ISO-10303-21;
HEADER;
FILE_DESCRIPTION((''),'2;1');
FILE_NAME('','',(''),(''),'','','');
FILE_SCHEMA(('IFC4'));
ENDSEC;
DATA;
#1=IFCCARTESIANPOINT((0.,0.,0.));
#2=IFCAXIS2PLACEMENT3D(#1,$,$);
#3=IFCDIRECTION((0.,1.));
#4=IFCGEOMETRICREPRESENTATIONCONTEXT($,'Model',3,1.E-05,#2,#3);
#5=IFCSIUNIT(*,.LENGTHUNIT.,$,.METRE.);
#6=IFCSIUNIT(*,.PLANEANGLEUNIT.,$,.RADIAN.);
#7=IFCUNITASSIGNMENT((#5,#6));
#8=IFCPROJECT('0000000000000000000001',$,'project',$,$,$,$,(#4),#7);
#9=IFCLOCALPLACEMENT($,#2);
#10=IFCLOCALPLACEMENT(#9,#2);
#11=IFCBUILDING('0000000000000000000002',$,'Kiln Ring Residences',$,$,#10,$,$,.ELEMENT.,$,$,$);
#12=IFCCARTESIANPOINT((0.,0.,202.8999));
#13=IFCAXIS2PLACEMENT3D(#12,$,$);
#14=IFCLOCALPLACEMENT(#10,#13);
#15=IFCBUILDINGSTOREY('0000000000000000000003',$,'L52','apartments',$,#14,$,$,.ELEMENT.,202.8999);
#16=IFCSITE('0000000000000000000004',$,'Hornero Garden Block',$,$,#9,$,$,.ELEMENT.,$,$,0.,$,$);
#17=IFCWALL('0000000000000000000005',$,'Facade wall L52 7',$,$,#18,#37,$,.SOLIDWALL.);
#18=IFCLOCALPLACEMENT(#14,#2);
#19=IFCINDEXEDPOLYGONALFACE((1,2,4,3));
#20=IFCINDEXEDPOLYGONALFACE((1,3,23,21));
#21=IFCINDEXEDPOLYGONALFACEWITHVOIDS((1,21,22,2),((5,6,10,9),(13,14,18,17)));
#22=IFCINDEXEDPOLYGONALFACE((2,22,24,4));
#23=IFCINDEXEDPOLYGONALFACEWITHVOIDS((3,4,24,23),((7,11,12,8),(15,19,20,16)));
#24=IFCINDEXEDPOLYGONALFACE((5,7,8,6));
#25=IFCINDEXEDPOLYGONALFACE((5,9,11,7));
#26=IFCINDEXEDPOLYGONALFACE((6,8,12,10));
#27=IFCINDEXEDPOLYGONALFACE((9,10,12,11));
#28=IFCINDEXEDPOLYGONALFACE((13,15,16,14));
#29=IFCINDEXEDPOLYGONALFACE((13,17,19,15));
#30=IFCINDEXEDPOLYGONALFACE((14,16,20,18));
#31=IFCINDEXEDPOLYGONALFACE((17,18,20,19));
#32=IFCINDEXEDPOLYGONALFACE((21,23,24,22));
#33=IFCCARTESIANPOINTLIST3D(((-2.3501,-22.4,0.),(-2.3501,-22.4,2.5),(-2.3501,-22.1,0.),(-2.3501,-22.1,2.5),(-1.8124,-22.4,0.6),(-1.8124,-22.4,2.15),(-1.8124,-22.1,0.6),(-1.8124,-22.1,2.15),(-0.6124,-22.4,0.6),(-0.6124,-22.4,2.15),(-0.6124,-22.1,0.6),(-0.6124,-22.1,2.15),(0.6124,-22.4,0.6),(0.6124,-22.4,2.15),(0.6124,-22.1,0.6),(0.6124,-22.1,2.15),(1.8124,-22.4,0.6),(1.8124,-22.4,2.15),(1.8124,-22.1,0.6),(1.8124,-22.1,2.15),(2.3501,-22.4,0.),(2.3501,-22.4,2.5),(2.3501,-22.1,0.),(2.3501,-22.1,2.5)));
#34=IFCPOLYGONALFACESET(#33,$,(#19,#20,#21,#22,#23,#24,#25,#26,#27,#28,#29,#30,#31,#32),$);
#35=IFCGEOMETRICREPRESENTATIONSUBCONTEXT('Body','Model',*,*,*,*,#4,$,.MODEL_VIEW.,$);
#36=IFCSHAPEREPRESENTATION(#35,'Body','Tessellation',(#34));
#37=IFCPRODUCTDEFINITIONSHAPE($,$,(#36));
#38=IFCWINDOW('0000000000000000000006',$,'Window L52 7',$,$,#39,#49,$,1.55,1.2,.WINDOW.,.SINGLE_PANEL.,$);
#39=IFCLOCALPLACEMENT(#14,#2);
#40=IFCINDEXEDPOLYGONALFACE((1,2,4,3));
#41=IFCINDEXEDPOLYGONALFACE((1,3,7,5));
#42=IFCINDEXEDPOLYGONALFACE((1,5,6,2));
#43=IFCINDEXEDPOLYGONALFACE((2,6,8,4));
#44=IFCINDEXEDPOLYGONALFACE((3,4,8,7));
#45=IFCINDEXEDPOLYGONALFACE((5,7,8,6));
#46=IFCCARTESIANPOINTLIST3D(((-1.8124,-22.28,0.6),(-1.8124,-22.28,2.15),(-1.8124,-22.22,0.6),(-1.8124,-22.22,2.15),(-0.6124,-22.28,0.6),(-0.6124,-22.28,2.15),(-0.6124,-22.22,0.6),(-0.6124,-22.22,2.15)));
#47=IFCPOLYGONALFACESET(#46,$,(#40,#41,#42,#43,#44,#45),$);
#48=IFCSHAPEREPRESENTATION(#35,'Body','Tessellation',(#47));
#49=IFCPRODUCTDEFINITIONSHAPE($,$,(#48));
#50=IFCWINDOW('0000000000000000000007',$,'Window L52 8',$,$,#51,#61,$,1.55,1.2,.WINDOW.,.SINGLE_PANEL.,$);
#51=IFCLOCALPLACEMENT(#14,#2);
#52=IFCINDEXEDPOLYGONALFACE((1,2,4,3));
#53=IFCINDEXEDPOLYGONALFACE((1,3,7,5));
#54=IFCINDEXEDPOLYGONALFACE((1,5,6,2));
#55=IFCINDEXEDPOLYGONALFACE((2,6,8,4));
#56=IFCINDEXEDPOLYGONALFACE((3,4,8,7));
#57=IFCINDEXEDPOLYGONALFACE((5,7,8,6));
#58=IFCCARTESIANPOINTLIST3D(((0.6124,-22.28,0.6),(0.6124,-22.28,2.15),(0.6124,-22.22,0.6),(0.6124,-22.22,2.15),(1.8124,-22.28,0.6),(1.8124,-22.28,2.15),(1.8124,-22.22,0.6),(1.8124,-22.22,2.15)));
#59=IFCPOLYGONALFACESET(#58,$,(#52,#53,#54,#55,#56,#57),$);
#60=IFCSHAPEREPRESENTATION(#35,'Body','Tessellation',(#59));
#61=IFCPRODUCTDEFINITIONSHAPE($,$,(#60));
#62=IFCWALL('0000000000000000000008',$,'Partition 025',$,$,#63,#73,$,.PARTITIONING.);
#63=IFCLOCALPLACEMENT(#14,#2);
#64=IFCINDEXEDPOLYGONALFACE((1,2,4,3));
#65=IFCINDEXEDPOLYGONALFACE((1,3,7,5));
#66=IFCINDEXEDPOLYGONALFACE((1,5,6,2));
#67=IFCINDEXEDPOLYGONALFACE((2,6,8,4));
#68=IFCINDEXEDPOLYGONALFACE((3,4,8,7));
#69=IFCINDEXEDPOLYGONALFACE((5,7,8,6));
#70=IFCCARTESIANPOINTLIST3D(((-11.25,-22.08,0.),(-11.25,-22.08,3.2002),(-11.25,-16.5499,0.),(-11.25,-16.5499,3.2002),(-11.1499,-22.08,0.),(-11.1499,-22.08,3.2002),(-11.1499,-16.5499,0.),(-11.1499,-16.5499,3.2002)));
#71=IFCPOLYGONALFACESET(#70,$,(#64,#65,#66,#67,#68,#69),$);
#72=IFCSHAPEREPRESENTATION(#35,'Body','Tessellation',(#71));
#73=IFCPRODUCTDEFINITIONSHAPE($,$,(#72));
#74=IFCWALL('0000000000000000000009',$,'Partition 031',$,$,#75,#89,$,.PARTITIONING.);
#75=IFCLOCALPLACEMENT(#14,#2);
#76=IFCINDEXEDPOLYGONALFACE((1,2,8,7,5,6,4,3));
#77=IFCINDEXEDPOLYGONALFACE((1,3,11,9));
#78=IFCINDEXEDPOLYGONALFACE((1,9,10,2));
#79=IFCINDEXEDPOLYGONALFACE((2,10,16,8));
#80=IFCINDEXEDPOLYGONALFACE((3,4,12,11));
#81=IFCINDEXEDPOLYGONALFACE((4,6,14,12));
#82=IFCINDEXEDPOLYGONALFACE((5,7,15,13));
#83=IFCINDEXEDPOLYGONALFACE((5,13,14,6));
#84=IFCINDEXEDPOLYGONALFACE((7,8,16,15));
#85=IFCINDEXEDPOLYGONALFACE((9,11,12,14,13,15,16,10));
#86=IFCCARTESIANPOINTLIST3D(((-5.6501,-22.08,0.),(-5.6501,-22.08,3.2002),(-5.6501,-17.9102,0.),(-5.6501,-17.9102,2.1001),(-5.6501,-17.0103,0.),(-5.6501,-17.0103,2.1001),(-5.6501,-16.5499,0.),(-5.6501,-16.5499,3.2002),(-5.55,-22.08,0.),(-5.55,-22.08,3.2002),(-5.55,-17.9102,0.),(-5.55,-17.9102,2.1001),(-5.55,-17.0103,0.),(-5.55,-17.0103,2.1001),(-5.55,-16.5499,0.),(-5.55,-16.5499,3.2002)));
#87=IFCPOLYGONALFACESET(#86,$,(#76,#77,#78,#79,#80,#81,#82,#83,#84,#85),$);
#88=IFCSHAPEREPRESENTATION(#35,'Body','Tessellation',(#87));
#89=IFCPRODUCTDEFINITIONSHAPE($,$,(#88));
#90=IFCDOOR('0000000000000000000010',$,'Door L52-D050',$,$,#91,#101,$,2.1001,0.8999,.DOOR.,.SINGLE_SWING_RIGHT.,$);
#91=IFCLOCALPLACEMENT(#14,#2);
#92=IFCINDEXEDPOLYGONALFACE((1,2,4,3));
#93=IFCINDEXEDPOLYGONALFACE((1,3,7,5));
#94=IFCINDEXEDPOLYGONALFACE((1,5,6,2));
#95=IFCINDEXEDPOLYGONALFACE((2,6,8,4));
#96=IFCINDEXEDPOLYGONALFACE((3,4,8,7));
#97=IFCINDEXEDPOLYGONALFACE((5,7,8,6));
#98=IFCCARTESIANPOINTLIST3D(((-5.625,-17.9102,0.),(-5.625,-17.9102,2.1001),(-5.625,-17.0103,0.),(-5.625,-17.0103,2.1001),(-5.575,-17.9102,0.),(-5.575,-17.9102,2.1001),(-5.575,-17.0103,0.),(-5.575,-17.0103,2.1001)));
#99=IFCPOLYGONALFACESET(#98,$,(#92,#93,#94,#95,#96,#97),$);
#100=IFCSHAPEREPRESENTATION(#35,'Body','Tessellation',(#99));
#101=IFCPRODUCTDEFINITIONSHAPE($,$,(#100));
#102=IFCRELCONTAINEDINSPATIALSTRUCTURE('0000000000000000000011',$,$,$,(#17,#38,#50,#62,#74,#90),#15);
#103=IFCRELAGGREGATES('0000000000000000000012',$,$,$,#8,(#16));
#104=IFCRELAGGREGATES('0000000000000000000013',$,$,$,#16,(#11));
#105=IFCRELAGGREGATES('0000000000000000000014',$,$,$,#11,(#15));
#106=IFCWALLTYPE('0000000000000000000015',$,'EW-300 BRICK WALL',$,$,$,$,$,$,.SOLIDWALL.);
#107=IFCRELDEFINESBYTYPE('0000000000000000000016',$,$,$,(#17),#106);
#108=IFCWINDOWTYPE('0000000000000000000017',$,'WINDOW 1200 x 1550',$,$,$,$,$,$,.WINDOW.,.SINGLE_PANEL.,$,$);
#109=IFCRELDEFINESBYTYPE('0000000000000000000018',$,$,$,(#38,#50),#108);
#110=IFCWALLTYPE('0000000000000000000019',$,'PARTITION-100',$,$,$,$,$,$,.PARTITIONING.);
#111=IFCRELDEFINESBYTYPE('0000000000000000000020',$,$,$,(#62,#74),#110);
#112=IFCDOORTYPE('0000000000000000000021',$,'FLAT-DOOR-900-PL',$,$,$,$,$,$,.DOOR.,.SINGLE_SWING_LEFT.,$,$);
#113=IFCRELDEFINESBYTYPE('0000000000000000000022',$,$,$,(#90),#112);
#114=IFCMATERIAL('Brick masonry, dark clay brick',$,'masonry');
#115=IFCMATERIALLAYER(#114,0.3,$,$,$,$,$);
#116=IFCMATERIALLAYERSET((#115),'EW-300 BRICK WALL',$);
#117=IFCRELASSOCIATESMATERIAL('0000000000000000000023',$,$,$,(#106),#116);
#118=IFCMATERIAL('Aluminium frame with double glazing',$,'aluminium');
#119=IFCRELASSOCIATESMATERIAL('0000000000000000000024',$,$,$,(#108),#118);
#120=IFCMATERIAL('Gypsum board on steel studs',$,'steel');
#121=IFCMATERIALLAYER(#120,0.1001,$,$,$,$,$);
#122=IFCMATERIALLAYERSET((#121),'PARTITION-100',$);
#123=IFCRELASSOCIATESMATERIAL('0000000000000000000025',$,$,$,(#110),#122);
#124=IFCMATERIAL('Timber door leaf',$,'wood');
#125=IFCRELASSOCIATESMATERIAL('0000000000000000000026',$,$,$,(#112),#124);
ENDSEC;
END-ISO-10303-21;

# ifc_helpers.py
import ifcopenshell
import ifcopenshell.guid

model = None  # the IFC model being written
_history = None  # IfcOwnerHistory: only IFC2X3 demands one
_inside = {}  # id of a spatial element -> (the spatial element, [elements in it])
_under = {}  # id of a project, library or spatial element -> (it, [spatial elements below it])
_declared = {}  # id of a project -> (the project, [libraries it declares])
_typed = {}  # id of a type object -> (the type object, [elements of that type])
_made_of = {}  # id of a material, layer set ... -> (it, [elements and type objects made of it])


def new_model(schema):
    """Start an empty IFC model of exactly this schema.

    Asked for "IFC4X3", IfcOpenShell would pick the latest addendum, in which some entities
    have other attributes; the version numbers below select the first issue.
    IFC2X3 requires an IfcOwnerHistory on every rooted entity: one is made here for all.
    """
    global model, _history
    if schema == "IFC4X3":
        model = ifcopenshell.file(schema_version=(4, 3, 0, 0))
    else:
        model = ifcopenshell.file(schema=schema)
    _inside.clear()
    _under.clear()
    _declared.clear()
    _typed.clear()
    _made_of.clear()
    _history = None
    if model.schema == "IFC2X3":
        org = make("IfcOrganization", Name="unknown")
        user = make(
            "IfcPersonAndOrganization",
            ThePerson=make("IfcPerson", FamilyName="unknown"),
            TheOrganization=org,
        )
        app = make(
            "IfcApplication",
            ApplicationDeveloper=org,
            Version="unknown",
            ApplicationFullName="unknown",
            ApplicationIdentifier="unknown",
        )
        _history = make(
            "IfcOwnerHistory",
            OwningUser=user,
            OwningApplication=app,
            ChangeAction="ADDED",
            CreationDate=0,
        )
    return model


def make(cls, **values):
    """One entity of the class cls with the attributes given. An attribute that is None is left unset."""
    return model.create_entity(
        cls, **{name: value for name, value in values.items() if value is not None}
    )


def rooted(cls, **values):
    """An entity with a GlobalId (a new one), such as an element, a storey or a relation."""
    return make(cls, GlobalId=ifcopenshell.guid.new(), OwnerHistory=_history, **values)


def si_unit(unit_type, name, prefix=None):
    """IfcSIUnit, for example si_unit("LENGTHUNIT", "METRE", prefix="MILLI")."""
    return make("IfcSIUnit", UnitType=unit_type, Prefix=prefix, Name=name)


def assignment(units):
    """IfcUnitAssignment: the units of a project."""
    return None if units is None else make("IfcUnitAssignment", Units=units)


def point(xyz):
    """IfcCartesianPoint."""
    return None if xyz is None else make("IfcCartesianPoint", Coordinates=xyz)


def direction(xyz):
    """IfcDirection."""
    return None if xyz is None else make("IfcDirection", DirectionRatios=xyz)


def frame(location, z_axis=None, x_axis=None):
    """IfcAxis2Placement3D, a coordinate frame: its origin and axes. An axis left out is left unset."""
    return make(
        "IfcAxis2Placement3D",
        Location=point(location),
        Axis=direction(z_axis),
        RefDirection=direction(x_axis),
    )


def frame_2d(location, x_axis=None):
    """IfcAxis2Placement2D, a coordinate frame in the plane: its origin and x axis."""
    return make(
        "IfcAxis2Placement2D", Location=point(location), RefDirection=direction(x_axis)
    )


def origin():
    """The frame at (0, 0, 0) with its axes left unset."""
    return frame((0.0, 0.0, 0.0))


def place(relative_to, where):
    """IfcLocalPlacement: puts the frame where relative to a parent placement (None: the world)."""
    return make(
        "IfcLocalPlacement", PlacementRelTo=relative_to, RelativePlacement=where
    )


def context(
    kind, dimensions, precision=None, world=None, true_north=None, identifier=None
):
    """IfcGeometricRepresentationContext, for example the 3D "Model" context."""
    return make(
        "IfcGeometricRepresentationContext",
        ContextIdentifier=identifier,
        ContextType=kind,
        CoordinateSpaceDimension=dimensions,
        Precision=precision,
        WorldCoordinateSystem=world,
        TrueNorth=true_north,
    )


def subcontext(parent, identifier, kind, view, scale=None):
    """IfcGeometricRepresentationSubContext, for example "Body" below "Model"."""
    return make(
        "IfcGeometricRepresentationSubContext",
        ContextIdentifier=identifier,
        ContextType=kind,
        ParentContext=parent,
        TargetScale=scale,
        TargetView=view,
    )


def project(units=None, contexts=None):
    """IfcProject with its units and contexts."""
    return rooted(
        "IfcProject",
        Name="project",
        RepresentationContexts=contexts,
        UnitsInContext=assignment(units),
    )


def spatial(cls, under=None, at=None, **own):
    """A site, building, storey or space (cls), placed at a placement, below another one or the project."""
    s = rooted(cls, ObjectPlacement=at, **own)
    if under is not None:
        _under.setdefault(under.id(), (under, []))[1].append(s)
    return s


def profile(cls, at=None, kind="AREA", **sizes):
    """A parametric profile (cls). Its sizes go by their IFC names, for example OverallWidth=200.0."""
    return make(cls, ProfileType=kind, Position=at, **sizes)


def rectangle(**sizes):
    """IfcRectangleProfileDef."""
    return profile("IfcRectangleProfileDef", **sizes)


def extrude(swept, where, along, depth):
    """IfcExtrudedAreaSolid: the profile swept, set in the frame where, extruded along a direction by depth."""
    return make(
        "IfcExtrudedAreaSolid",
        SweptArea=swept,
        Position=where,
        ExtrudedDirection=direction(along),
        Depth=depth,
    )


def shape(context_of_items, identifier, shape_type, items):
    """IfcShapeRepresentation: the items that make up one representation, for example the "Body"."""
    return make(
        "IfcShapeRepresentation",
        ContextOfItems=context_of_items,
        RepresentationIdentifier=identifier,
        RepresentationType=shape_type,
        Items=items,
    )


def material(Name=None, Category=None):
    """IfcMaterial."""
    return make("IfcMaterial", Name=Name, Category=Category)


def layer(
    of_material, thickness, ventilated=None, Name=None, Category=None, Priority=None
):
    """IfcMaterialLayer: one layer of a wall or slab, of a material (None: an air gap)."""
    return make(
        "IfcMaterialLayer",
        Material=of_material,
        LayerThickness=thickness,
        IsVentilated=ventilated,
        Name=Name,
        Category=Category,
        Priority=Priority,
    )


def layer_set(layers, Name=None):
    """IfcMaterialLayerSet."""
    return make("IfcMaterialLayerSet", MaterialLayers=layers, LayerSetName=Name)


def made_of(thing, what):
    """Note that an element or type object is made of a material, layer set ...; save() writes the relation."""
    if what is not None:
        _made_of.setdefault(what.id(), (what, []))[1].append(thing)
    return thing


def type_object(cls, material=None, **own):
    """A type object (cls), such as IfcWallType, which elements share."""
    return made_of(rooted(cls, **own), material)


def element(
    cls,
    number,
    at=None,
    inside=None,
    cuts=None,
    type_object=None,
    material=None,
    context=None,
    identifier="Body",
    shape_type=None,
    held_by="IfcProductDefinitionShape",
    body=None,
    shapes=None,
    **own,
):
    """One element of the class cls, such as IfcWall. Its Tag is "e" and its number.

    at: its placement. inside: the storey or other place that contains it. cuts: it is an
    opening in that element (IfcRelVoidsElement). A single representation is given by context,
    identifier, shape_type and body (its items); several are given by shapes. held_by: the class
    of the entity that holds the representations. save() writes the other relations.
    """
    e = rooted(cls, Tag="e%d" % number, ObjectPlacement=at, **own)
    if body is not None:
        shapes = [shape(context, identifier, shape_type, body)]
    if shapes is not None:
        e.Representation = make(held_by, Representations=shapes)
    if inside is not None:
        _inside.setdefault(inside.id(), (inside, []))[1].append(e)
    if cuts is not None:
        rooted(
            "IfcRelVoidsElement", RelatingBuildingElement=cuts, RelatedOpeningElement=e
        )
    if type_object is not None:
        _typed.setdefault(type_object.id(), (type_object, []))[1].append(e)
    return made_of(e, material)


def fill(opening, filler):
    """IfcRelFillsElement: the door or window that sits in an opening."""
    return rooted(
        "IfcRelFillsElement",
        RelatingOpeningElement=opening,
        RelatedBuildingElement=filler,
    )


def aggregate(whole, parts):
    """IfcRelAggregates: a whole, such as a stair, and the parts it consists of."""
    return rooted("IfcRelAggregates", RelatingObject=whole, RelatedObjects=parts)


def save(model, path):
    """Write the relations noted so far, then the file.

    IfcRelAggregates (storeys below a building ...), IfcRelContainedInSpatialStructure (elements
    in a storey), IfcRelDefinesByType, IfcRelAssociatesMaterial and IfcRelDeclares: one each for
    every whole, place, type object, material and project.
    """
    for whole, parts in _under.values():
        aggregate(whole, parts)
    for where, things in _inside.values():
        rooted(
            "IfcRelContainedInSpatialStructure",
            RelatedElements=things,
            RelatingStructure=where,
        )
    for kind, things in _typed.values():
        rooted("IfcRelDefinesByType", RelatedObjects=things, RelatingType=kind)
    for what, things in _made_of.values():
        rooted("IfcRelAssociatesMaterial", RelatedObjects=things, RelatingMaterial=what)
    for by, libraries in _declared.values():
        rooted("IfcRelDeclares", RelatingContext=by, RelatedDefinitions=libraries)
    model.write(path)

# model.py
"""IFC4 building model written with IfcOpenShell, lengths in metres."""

from ifc_helpers import new_model, si_unit, direction, frame, frame_2d, origin, place, context, subcontext, project, spatial, rectangle, extrude, material, layer, layer_set, type_object, element, fill, save


model = new_model("IFC4")

# Units and contexts
model_context = context("Model", 3, precision=1e-05, world=origin(), true_north=direction((0.0, 1.0)))
body_context = subcontext(model_context, "Body", "Model", "MODEL_VIEW")
ifc_project = project(units=[si_unit("LENGTHUNIT", "METRE"), si_unit("PLANEANGLEUNIT", "RADIAN")], contexts=[model_context])

# Site, building, storey
site_placement = place(None, origin())
site = spatial("IfcSite", under=ifc_project, at=site_placement, Name="Hornero Garden Block", CompositionType="ELEMENT", RefElevation=0.0)
building_placement = place(site_placement, origin())
building = spatial("IfcBuilding", under=site, at=building_placement, Name="Kiln Ring Residences", CompositionType="ELEMENT")
storey_placement = place(building_placement, frame((0.0, 0.0, 202.8999)))
storey = spatial("IfcBuildingStorey", under=building, at=storey_placement, Name="L52", Description="apartments", CompositionType="ELEMENT", Elevation=202.8999)

# Wall, openings, windows
ifc_material_1 = material(Name="Brick masonry, dark clay brick", Category="masonry")
ifc_layer_1 = layer(ifc_material_1, 0.3)
ifc_layer_set_1 = layer_set([ifc_layer_1], Name="EW-300 BRICK WALL")
wall_type_1 = type_object("IfcWallType", Name="EW-300 BRICK WALL", PredefinedType="SOLIDWALL", material=ifc_layer_set_1)
ifc_material_2 = material(Name="Aluminium frame with double glazing", Category="aluminium")
window_type = type_object("IfcWindowType", Name="WINDOW 1200 x 1550", PartitioningType="SINGLE_PANEL", PredefinedType="WINDOW", material=ifc_material_2)
wall_1_placement = place(storey_placement, frame((-2.3501, -22.25, 0.0), z_axis=(0.0, 0.0, 1.0), x_axis=(1.0, 0.0, 0.0)))
wall_1 = element("IfcWall", 1, at=wall_1_placement, inside=storey, type_object=wall_type_1, Name="Facade wall L52 7", PredefinedType="SOLIDWALL", context=body_context, shape_type="SweptSolid", body=[
    extrude(rectangle(XDim=4.7002, YDim=0.3, at=frame_2d((2.3501, 0.0))), origin(), (0.0, 0.0, 1.0), 2.5),
])
opening_1_placement = place(wall_1_placement, frame((0.5376, 0.0, 0.6001)))
opening_1 = element("IfcOpeningElement", 2, at=opening_1_placement, cuts=wall_1, PredefinedType="OPENING", context=body_context, shape_type="SweptSolid", body=[
    extrude(rectangle(XDim=1.2, YDim=1.55, at=frame_2d((0.6001, 0.7749))), frame((0.0, 0.1599, 0.0), z_axis=(0.0, -1.0, 0.0), x_axis=(1.0, 0.0, 0.0)), (0.0, 0.0, 1.0), 0.3201),
])
opening_2_placement = place(wall_1_placement, frame((2.9624, 0.0, 0.6001)))
opening_2 = element("IfcOpeningElement", 3, at=opening_2_placement, cuts=wall_1, PredefinedType="OPENING", context=body_context, shape_type="SweptSolid", body=[
    extrude(rectangle(XDim=1.2, YDim=1.55, at=frame_2d((0.6001, 0.7749))), frame((0.0, 0.1599, 0.0), z_axis=(0.0, -1.0, 0.0), x_axis=(1.0, 0.0, 0.0)), (0.0, 0.0, 1.0), 0.3201),
])
window_1_placement = place(opening_1_placement, origin())
window_1 = element("IfcWindow", 4, at=window_1_placement, inside=storey, type_object=window_type, Name="Window L52 7", OverallHeight=1.55, OverallWidth=1.2, PartitioningType="SINGLE_PANEL", PredefinedType="WINDOW", context=body_context, shape_type="SweptSolid", body=[
    extrude(rectangle(XDim=1.2, YDim=1.55, at=frame_2d((0.6001, 0.7749))), frame((0.0, 0.03, 0.0), z_axis=(0.0, -1.0, 0.0), x_axis=(1.0, 0.0, 0.0)), (0.0, 0.0, 1.0), 0.0601),
])
fill(opening_1, window_1)
window_2_placement = place(opening_2_placement, origin())
window_2 = element("IfcWindow", 5, at=window_2_placement, inside=storey, type_object=window_type, Name="Window L52 8", OverallHeight=1.55, OverallWidth=1.2, PartitioningType="SINGLE_PANEL", PredefinedType="WINDOW", context=body_context, shape_type="SweptSolid", body=[
    extrude(rectangle(XDim=1.2, YDim=1.55, at=frame_2d((0.6001, 0.7749))), frame((0.0, 0.03, 0.0), z_axis=(0.0, -1.0, 0.0), x_axis=(1.0, 0.0, 0.0)), (0.0, 0.0, 1.0), 0.0601),
])
fill(opening_2, window_2)

# Wall
ifc_material_3 = material(Name="Gypsum board on steel studs", Category="steel")
ifc_layer_2 = layer(ifc_material_3, 0.1001)
ifc_layer_set_2 = layer_set([ifc_layer_2], Name="PARTITION-100")
wall_type_2 = type_object("IfcWallType", Name="PARTITION-100", PredefinedType="PARTITIONING", material=ifc_layer_set_2)
wall_2_placement = place(storey_placement, frame((-11.2, -22.0801, 0.0), z_axis=(0.0, 0.0, 1.0), x_axis=(0.0, 1.0, 0.0)))
element("IfcWall", 6, at=wall_2_placement, inside=storey, type_object=wall_type_2, Name="Partition 025", PredefinedType="PARTITIONING", context=body_context, shape_type="SweptSolid", body=[
    extrude(rectangle(XDim=5.53, YDim=0.1001, at=frame_2d((2.7651, 0.0))), origin(), (0.0, 0.0, 1.0), 3.2002),
])

# Wall, opening, door
wall_3_placement = place(storey_placement, frame((-5.6001, -22.0801, 0.0), z_axis=(0.0, 0.0, 1.0), x_axis=(0.0, 1.0, 0.0)))
wall_3 = element("IfcWall", 7, at=wall_3_placement, inside=storey, type_object=wall_type_2, Name="Partition 031", PredefinedType="PARTITIONING", context=body_context, shape_type="SweptSolid", body=[
    extrude(rectangle(XDim=5.53, YDim=0.1001, at=frame_2d((2.7651, 0.0))), origin(), (0.0, 0.0, 1.0), 3.2002),
])
opening_3_placement = place(wall_3_placement, frame((4.1699, 0.0, 0.0)))
opening_3 = element("IfcOpeningElement", 8, at=opening_3_placement, cuts=wall_3, PredefinedType="OPENING", context=body_context, shape_type="SweptSolid", body=[
    extrude(rectangle(XDim=0.8999, YDim=2.1001, at=frame_2d((0.45, 1.05))), frame((0.0, 0.0601, 0.0), z_axis=(0.0, -1.0, 0.0), x_axis=(1.0, 0.0, 0.0)), (0.0, 0.0, 1.0), 0.1201),
])
ifc_material_4 = material(Name="Timber door leaf", Category="wood")
door_type = type_object("IfcDoorType", Name="FLAT-DOOR-900-PL", OperationType="SINGLE_SWING_LEFT", PredefinedType="DOOR", material=ifc_material_4)
door_placement = place(opening_3_placement, origin())
door = element("IfcDoor", 9, at=door_placement, inside=storey, type_object=door_type, Name="Door L52-D050", OperationType="SINGLE_SWING_RIGHT", OverallHeight=2.1001, OverallWidth=0.8999, PredefinedType="DOOR", context=body_context, shape_type="SweptSolid", body=[
    extrude(rectangle(XDim=0.8999, YDim=2.1001, at=frame_2d((0.45, 1.05))), frame((0.0, 0.0249, 0.0), z_axis=(0.0, -1.0, 0.0), x_axis=(1.0, 0.0, 0.0)), (0.0, 0.0, 1.0), 0.05),
])
fill(opening_3, door)

save(model, "model.ifc")
